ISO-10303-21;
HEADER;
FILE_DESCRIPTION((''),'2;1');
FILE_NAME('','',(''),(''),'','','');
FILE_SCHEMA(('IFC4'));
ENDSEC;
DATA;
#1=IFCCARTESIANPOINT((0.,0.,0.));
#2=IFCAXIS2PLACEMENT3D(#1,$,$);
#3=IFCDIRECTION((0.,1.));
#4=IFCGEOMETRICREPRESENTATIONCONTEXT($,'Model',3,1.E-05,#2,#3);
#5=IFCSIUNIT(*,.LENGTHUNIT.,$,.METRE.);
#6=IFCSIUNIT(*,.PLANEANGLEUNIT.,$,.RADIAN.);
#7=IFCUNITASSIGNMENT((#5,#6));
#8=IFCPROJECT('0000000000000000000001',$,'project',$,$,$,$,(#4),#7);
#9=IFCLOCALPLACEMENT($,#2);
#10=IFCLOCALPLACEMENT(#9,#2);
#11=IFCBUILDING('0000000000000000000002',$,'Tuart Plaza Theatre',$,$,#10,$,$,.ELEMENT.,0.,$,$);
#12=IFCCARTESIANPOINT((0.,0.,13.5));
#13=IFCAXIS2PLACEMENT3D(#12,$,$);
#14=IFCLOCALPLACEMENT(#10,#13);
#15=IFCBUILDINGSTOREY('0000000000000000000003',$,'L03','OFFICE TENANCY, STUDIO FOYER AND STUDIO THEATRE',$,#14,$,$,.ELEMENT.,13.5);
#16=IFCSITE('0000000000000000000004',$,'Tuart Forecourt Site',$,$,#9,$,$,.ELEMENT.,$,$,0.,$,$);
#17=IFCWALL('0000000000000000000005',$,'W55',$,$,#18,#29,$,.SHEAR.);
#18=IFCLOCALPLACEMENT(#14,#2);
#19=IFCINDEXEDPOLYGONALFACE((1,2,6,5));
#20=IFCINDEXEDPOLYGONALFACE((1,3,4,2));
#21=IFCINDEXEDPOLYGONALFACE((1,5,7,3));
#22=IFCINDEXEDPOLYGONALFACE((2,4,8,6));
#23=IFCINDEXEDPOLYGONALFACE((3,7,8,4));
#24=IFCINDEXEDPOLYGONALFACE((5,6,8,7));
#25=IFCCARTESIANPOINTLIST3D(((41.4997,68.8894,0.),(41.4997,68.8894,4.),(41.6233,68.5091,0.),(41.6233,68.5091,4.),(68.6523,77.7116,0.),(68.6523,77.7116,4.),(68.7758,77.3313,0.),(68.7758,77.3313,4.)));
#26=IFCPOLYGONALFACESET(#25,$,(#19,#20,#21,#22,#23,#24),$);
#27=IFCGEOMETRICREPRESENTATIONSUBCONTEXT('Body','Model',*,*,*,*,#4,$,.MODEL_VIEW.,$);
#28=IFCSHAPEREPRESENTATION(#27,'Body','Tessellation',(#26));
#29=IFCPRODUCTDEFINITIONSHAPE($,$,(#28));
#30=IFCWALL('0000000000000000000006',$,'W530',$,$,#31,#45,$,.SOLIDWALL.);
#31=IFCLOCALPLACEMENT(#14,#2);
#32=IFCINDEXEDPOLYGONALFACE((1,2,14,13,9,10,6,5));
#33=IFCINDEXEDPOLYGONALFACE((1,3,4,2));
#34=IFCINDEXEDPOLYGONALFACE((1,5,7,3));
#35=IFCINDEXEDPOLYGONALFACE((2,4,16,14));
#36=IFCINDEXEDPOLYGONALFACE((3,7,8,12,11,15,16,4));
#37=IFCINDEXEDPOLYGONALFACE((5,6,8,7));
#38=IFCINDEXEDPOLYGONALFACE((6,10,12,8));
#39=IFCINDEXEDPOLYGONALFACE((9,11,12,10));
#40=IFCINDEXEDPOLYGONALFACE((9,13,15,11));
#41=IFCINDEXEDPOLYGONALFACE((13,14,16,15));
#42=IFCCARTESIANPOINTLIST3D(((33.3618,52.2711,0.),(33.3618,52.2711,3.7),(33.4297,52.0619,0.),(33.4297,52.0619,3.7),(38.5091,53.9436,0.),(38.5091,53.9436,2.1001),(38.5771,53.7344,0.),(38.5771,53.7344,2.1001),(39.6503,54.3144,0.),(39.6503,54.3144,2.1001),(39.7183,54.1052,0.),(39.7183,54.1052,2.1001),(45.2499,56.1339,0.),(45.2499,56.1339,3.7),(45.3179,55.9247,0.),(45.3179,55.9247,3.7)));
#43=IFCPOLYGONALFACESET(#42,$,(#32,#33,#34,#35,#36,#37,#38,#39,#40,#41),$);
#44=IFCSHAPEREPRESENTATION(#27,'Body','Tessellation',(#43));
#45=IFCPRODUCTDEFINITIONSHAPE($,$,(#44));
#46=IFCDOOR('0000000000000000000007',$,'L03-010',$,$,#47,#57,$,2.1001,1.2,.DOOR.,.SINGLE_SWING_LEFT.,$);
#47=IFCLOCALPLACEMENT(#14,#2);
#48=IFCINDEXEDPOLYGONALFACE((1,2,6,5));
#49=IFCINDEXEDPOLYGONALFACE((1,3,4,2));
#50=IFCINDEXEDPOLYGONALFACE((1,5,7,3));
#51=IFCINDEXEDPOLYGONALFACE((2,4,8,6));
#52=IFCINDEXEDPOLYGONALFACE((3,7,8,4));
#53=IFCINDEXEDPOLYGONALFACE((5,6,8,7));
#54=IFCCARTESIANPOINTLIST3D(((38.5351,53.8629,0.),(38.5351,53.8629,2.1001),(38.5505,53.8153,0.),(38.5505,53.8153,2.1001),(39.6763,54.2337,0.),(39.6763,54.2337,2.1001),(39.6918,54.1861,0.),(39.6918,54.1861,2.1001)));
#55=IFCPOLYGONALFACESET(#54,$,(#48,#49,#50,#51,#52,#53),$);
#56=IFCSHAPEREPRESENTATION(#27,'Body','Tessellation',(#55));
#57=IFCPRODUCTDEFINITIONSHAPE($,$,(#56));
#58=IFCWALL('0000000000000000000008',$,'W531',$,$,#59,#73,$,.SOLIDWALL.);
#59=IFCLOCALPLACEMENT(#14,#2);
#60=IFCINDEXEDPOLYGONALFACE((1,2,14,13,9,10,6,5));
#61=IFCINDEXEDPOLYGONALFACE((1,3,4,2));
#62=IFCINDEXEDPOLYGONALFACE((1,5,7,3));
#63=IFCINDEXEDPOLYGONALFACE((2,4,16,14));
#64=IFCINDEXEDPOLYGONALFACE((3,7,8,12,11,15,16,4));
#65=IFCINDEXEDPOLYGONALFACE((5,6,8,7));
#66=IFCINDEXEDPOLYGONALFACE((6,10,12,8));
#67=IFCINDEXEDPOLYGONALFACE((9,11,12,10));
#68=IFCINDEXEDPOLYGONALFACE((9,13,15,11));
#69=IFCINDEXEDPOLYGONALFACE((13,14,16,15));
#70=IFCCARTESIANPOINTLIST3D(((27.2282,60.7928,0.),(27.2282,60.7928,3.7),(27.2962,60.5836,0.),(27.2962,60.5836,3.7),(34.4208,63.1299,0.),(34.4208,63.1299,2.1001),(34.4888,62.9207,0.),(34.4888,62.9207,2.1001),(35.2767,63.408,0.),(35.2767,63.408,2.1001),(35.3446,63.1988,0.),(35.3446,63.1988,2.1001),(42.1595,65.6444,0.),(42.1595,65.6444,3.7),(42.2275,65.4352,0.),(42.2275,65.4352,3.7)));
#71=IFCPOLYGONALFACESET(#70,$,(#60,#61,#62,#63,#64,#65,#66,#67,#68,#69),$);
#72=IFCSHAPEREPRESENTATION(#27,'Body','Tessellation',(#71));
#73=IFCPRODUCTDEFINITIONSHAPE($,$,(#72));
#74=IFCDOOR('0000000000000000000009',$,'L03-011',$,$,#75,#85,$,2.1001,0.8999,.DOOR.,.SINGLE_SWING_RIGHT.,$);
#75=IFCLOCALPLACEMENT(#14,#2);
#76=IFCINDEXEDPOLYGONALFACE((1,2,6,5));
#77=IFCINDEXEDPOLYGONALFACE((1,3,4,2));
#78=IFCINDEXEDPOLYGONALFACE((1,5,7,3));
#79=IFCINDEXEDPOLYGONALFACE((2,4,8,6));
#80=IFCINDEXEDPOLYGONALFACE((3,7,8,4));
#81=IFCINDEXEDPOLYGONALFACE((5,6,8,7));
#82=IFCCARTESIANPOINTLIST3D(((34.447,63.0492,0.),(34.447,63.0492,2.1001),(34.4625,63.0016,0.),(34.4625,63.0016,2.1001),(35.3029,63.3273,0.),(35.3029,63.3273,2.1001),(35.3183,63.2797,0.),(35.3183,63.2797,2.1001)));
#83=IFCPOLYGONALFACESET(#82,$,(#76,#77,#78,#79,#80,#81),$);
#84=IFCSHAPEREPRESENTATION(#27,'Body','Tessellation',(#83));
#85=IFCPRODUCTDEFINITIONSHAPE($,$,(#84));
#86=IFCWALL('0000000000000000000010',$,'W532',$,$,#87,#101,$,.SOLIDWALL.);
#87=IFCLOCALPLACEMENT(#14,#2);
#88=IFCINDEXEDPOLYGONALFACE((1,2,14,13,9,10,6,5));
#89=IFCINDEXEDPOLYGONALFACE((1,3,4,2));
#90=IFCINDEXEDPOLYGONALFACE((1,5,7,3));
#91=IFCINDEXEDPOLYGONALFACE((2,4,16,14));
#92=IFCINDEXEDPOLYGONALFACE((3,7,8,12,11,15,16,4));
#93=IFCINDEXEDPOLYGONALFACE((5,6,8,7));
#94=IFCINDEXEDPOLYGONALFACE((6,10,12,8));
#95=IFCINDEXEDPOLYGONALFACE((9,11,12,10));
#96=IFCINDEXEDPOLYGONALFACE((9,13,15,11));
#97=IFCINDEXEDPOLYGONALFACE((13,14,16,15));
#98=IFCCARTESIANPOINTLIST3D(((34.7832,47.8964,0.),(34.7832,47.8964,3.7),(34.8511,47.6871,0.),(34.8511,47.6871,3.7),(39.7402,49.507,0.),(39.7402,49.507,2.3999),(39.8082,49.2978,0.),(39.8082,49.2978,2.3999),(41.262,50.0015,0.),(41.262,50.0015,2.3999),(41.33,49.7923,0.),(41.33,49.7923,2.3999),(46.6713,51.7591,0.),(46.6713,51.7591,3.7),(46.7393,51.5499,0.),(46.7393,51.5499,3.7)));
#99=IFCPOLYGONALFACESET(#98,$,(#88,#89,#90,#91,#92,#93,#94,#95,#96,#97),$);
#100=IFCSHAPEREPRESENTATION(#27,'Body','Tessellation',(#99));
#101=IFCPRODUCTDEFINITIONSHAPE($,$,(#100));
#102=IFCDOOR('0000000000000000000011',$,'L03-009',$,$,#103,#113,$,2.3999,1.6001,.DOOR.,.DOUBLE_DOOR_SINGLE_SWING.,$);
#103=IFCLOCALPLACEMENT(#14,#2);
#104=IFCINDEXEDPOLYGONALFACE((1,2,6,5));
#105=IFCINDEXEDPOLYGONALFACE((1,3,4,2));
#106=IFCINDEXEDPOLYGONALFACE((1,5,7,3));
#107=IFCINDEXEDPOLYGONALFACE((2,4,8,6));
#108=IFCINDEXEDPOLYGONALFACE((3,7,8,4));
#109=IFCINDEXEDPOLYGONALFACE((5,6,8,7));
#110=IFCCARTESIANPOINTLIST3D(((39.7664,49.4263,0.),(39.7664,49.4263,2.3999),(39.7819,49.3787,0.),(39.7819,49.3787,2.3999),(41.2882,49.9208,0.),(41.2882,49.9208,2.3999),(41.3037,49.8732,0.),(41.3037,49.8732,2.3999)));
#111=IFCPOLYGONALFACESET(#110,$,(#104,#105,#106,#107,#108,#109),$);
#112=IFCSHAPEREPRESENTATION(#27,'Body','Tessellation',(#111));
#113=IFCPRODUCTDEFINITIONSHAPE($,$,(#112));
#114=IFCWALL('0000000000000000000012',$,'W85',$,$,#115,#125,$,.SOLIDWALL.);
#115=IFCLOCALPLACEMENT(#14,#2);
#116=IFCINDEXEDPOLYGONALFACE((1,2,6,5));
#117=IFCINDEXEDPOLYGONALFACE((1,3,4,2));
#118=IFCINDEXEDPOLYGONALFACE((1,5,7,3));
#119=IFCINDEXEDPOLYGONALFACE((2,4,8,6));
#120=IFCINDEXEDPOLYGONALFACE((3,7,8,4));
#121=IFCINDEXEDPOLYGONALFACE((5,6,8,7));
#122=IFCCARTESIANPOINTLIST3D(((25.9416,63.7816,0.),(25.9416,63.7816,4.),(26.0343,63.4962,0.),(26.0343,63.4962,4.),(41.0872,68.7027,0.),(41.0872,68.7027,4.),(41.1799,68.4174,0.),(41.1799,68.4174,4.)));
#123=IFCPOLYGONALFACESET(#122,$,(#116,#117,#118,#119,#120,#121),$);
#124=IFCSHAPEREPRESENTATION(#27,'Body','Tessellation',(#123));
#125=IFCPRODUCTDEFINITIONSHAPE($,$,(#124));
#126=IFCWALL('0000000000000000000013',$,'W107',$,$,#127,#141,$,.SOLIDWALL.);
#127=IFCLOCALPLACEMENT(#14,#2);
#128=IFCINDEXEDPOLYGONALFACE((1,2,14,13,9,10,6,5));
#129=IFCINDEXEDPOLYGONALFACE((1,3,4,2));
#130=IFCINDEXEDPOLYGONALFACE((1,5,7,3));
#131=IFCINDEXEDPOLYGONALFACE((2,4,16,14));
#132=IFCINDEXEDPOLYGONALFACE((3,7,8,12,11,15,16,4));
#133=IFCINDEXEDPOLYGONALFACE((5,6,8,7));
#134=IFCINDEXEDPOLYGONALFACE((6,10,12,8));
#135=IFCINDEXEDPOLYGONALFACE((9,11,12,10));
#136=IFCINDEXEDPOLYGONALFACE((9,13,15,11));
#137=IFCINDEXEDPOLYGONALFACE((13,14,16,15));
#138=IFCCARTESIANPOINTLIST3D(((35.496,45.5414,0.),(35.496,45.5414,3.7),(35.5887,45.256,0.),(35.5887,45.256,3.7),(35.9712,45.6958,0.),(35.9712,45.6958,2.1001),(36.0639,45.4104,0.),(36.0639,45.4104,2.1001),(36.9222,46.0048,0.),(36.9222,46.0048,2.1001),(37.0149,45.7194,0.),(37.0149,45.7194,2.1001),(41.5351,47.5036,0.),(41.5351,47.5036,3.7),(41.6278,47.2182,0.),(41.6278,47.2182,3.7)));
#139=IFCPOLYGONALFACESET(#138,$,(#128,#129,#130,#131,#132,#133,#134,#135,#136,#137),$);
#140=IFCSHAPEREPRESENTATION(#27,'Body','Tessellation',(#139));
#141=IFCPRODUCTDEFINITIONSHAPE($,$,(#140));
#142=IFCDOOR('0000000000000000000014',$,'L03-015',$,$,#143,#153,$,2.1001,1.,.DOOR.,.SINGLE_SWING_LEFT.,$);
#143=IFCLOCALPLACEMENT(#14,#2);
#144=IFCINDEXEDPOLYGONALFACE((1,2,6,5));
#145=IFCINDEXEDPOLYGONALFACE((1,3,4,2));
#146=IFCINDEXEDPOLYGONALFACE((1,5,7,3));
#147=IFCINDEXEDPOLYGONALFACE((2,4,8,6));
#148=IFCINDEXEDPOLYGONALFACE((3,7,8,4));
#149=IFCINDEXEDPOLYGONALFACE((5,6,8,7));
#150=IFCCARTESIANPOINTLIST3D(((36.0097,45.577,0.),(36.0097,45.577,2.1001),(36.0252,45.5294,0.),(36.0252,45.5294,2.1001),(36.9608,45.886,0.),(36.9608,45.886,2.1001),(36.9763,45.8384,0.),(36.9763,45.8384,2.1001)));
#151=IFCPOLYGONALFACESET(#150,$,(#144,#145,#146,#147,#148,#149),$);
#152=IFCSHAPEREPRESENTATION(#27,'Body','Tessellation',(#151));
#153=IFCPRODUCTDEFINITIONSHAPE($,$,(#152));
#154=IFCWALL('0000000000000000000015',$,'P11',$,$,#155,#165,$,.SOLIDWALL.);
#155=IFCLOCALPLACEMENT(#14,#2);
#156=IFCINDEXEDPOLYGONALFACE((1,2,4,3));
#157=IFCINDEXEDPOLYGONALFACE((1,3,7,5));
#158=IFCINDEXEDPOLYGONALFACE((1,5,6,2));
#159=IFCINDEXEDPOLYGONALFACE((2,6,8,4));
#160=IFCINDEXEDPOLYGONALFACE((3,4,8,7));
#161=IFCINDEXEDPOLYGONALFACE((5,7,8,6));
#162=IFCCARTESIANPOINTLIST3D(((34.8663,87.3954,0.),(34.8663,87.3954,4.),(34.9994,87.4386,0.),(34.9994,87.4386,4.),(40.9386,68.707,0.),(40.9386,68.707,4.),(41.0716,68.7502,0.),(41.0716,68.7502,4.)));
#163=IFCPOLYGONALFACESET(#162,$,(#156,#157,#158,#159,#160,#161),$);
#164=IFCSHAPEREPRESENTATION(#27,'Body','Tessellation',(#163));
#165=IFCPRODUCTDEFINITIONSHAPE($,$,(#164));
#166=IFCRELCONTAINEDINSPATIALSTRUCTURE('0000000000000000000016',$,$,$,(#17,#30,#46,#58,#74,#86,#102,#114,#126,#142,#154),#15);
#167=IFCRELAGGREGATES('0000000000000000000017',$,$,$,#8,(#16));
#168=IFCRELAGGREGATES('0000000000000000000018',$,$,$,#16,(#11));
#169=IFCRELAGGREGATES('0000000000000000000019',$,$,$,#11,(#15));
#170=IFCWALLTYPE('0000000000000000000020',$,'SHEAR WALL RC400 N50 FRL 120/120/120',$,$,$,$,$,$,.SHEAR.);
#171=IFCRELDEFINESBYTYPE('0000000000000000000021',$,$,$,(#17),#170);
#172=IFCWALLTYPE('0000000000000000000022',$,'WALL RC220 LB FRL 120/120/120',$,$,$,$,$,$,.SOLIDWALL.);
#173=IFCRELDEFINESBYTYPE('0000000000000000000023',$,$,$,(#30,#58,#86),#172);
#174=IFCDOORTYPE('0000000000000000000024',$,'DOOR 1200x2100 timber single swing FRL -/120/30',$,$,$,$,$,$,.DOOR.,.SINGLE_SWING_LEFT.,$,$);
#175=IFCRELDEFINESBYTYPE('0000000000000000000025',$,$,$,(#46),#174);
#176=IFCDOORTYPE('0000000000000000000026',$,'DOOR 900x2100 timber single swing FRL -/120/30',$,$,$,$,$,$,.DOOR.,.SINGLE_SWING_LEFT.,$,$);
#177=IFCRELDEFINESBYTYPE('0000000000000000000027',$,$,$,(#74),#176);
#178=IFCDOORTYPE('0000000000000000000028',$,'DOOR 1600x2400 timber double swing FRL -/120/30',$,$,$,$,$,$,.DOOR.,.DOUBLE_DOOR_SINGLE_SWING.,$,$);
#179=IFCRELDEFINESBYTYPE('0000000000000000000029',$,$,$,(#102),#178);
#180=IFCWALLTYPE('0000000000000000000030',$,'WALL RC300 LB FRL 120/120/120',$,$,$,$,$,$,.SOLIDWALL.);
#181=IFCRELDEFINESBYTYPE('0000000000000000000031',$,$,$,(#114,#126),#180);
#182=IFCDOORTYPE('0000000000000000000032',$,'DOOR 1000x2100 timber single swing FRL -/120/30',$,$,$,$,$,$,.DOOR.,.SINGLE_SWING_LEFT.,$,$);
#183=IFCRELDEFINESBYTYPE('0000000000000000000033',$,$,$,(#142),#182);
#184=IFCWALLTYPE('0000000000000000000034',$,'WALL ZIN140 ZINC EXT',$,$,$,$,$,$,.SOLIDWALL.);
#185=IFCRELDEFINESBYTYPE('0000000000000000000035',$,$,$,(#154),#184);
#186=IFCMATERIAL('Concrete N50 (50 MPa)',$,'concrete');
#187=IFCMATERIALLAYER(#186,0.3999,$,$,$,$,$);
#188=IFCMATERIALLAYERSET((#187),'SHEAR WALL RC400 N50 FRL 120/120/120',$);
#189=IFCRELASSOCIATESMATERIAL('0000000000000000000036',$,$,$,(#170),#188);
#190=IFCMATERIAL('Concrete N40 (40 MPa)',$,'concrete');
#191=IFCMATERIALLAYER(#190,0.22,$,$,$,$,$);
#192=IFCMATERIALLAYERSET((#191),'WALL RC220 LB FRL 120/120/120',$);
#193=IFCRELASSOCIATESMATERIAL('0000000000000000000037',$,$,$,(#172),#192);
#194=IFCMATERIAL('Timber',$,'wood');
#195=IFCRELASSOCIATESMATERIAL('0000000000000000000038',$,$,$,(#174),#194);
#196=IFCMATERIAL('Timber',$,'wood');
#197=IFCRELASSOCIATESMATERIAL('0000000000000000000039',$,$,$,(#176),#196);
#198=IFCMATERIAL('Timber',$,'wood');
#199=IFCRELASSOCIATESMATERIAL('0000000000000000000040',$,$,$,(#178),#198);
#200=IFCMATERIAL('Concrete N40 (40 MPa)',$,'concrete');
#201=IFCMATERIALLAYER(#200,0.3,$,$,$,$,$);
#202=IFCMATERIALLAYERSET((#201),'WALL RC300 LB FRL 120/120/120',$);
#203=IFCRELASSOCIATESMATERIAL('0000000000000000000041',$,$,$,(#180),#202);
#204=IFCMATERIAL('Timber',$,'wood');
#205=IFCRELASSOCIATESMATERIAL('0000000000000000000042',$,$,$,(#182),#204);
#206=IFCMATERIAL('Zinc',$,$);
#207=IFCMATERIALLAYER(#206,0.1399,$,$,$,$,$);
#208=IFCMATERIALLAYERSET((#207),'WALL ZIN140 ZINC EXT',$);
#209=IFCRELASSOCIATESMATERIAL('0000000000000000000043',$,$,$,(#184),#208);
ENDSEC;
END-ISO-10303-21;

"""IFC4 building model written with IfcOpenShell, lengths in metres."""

from ifc_helpers import new_model, si_unit, direction, frame, frame_2d, origin, place, context, subcontext, project, spatial, rectangle, extrude, material, layer, layer_set, type_object, element, fill, save


model = new_model("IFC4")

# Units and contexts
model_context = context("Model", 3, precision=1e-05, world=origin(), true_north=direction((0.0, 1.0)))
body_context = subcontext(model_context, "Body", "Model", "MODEL_VIEW")
ifc_project = project(units=[si_unit("LENGTHUNIT", "METRE"), si_unit("PLANEANGLEUNIT", "RADIAN")], contexts=[model_context])

# Site, building, storey
site_placement = place(None, origin())
site = spatial("IfcSite", under=ifc_project, at=site_placement, Name="Tuart Forecourt Site", CompositionType="ELEMENT", RefElevation=0.0)
building_placement = place(site_placement, origin())
building = spatial("IfcBuilding", under=site, at=building_placement, Name="Tuart Plaza Theatre", CompositionType="ELEMENT", ElevationOfRefHeight=0.0)
storey_placement = place(building_placement, frame((0.0, 0.0, 13.5)))
storey = spatial("IfcBuildingStorey", under=building, at=storey_placement, Name="L03", Description="OFFICE TENANCY, STUDIO FOYER AND STUDIO THEATRE", CompositionType="ELEMENT", Elevation=13.5)

# Wall
ifc_material_1 = material(Name="Concrete N50 (50 MPa)", Category="concrete")
ifc_layer_1 = layer(ifc_material_1, 0.3999)
ifc_layer_set_1 = layer_set([ifc_layer_1], Name="SHEAR WALL RC400 N50 FRL 120/120/120")
wall_type_1 = type_object("IfcWallType", Name="SHEAR WALL RC400 N50 FRL 120/120/120", PredefinedType="SHEAR", material=ifc_layer_set_1)
wall_1_placement = place(storey_placement, frame((41.5615, 68.6992, 0.0), z_axis=(0.0, 0.0, 1.0), x_axis=(0.951058, 0.309012, 0.0)))
element("IfcWall", 1, at=wall_1_placement, inside=storey, type_object=wall_type_1, Name="W55", PredefinedType="SHEAR", context=body_context, shape_type="SweptSolid", body=[
    extrude(rectangle(XDim=28.5498, YDim=0.3999, at=frame_2d((14.2749, 0.0))), origin(), (0.0, 0.0, 1.0), 4.0),
])

# Walls, openings, doors
ifc_material_2 = material(Name="Concrete N40 (40 MPa)", Category="concrete")
ifc_layer_2 = layer(ifc_material_2, 0.22)
ifc_layer_set_2 = layer_set([ifc_layer_2], Name="WALL RC220 LB FRL 120/120/120")
wall_type_2 = type_object("IfcWallType", Name="WALL RC220 LB FRL 120/120/120", PredefinedType="SOLIDWALL", material=ifc_layer_set_2)
wall_2_placement = place(storey_placement, frame((33.3958, 52.1665, 0.0), z_axis=(0.0, 0.0, 1.0), x_axis=(0.951054, 0.309023, 0.0)))
wall_2 = element("IfcWall", 2, at=wall_2_placement, inside=storey, type_object=wall_type_2, Name="W530", PredefinedType="SOLIDWALL", context=body_context, shape_type="SweptSolid", body=[
    extrude(rectangle(XDim=12.5, YDim=0.22, at=frame_2d((6.25, 0.0))), origin(), (0.0, 0.0, 1.0), 3.7),
])
opening_1_placement = place(wall_2_placement, frame((5.4121, 0.0, 0.0)))
opening_1 = element("IfcOpeningElement", 3, at=opening_1_placement, cuts=wall_2, PredefinedType="OPENING", context=body_context, shape_type="SweptSolid", body=[
    extrude(rectangle(XDim=1.2, YDim=2.1001, at=frame_2d((0.6001, 1.05))), frame((0.0, 0.1199, 0.0), z_axis=(0.0, -1.0, 0.0), x_axis=(1.0, 0.0, 0.0)), (0.0, 0.0, 1.0), 0.24),
])
ifc_material_3 = material(Name="Timber", Category="wood")
door_type_1 = type_object("IfcDoorType", Name="DOOR 1200x2100 timber single swing FRL -/120/30", OperationType="SINGLE_SWING_LEFT", PredefinedType="DOOR", material=ifc_material_3)
door_1_placement = place(opening_1_placement, frame((1.2, 0.0, 0.0), z_axis=(0.0, 0.0, 1.0), x_axis=(-1.0, 0.0, 0.0)))
door_1 = element("IfcDoor", 4, at=door_1_placement, inside=storey, type_object=door_type_1, Name="L03-010", OperationType="SINGLE_SWING_LEFT", OverallHeight=2.1001, OverallWidth=1.2, PredefinedType="DOOR", context=body_context, shape_type="SweptSolid", body=[
    extrude(rectangle(XDim=1.2, YDim=2.1001, at=frame_2d((0.6001, 1.05))), frame((0.0, 0.0249, 0.0), z_axis=(0.0, -1.0, 0.0), x_axis=(1.0, 0.0, 0.0)), (0.0, 0.0, 1.0), 0.05),
])
fill(opening_1, door_1)
wall_3_placement = place(storey_placement, frame((27.2622, 60.6882, 0.0), z_axis=(0.0, 0.0, 1.0), x_axis=(0.951055, 0.30902, 0.0)))
wall_3 = element("IfcWall", 5, at=wall_3_placement, inside=storey, type_object=wall_type_2, Name="W531", PredefinedType="SOLIDWALL", context=body_context, shape_type="SweptSolid", body=[
    extrude(rectangle(XDim=15.6997, YDim=0.22, at=frame_2d((7.8499, 0.0))), origin(), (0.0, 0.0, 1.0), 3.7),
])
opening_2_placement = place(wall_3_placement, frame((7.5627, 0.0, 0.0)))
opening_2 = element("IfcOpeningElement", 6, at=opening_2_placement, cuts=wall_3, PredefinedType="OPENING", context=body_context, shape_type="SweptSolid", body=[
    extrude(rectangle(XDim=0.8999, YDim=2.1001, at=frame_2d((0.45, 1.05))), frame((0.0, 0.1199, 0.0), z_axis=(0.0, -1.0, 0.0), x_axis=(1.0, 0.0, 0.0)), (0.0, 0.0, 1.0), 0.24),
])
ifc_material_4 = material(Name="Timber", Category="wood")
door_type_2 = type_object("IfcDoorType", Name="DOOR 900x2100 timber single swing FRL -/120/30", OperationType="SINGLE_SWING_LEFT", PredefinedType="DOOR", material=ifc_material_4)
door_2_placement = place(opening_2_placement, frame((0.8999, 0.0, 0.0), z_axis=(0.0, 0.0, 1.0), x_axis=(-1.0, 0.0, 0.0)))
door_2 = element("IfcDoor", 7, at=door_2_placement, inside=storey, type_object=door_type_2, Name="L03-011", OperationType="SINGLE_SWING_RIGHT", OverallHeight=2.1001, OverallWidth=0.8999, PredefinedType="DOOR", context=body_context, shape_type="SweptSolid", body=[
    extrude(rectangle(XDim=0.8999, YDim=2.1001, at=frame_2d((0.45, 1.05))), frame((0.0, 0.0249, 0.0), z_axis=(0.0, -1.0, 0.0), x_axis=(1.0, 0.0, 0.0)), (0.0, 0.0, 1.0), 0.05),
])
fill(opening_2, door_2)
wall_4_placement = place(storey_placement, frame((34.8171, 47.7917, 0.0), z_axis=(0.0, 0.0, 1.0), x_axis=(0.951054, 0.309023, 0.0)))
wall_4 = element("IfcWall", 8, at=wall_4_placement, inside=storey, type_object=wall_type_2, Name="W532", PredefinedType="SOLIDWALL", context=body_context, shape_type="SweptSolid", body=[
    extrude(rectangle(XDim=12.5, YDim=0.22, at=frame_2d((6.25, 0.0))), origin(), (0.0, 0.0, 1.0), 3.7),
])
opening_3_placement = place(wall_4_placement, frame((5.2122, 0.0, 0.0)))
opening_3 = element("IfcOpeningElement", 9, at=opening_3_placement, cuts=wall_4, PredefinedType="OPENING", context=body_context, shape_type="SweptSolid", body=[
    extrude(rectangle(XDim=1.6001, YDim=2.3999, at=frame_2d((0.8, 1.2))), frame((0.0, 0.1199, 0.0), z_axis=(0.0, -1.0, 0.0), x_axis=(1.0, 0.0, 0.0)), (0.0, 0.0, 1.0), 0.24),
])
ifc_material_5 = material(Name="Timber", Category="wood")
door_type_3 = type_object("IfcDoorType", Name="DOOR 1600x2400 timber double swing FRL -/120/30", OperationType="DOUBLE_DOOR_SINGLE_SWING", PredefinedType="DOOR", material=ifc_material_5)
door_3_placement = place(opening_3_placement, frame((1.6001, 0.0, 0.0), z_axis=(0.0, 0.0, 1.0), x_axis=(-1.0, 0.0, 0.0)))
door_3 = element("IfcDoor", 10, at=door_3_placement, inside=storey, type_object=door_type_3, Name="L03-009", OperationType="DOUBLE_DOOR_SINGLE_SWING", OverallHeight=2.3999, OverallWidth=1.6001, PredefinedType="DOOR", context=body_context, shape_type="SweptSolid", body=[
    extrude(rectangle(XDim=1.6001, YDim=2.3999, at=frame_2d((0.8, 1.2))), frame((0.0, 0.0249, 0.0), z_axis=(0.0, -1.0, 0.0), x_axis=(1.0, 0.0, 0.0)), (0.0, 0.0, 1.0), 0.05),
])
fill(opening_3, door_3)

# Wall
ifc_material_6 = material(Name="Concrete N40 (40 MPa)", Category="concrete")
ifc_layer_3 = layer(ifc_material_6, 0.3)
ifc_layer_set_3 = layer_set([ifc_layer_3], Name="WALL RC300 LB FRL 120/120/120")
wall_type_3 = type_object("IfcWallType", Name="WALL RC300 LB FRL 120/120/120", PredefinedType="SOLIDWALL", material=ifc_layer_set_3)
wall_5_placement = place(storey_placement, frame((25.988, 63.6389, 0.0), z_axis=(0.0, 0.0, 1.0), x_axis=(0.951055, 0.309021, 0.0)))
element("IfcWall", 11, at=wall_5_placement, inside=storey, type_object=wall_type_3, Name="W85", PredefinedType="SOLIDWALL", context=body_context, shape_type="SweptSolid", body=[
    extrude(rectangle(XDim=15.925, YDim=0.3, at=frame_2d((7.9624, 0.0))), origin(), (0.0, 0.0, 1.0), 4.0),
])

# Wall, opening, door
wall_6_placement = place(storey_placement, frame((41.5813, 47.3608, 0.0), z_axis=(0.0, 0.0, 1.0), x_axis=(-0.951059, -0.30901, 0.0)))
wall_6 = element("IfcWall", 12, at=wall_6_placement, inside=storey, type_object=wall_type_3, Name="W107", PredefinedType="SOLIDWALL", context=body_context, shape_type="SweptSolid", body=[
    extrude(rectangle(XDim=6.3499, YDim=0.3, at=frame_2d((3.1748, 0.0))), origin(), (0.0, 0.0, 1.0), 3.7),
])
opening_4_placement = place(wall_6_placement, frame((4.8501, 0.0, 0.0)))
opening_4 = element("IfcOpeningElement", 13, at=opening_4_placement, cuts=wall_6, PredefinedType="OPENING", context=body_context, shape_type="SweptSolid", body=[
    extrude(rectangle(XDim=1.0, YDim=2.1001, at=frame_2d((0.5, 1.05))), frame((0.0, 0.1599, 0.0), z_axis=(0.0, -1.0, 0.0), x_axis=(1.0, 0.0, 0.0)), (0.0, 0.0, 1.0), 0.3201),
])
ifc_material_7 = material(Name="Timber", Category="wood")
door_type_4 = type_object("IfcDoorType", Name="DOOR 1000x2100 timber single swing FRL -/120/30", OperationType="SINGLE_SWING_LEFT", PredefinedType="DOOR", material=ifc_material_7)
door_4_placement = place(opening_4_placement, origin())
door_4 = element("IfcDoor", 14, at=door_4_placement, inside=storey, type_object=door_type_4, Name="L03-015", OperationType="SINGLE_SWING_LEFT", OverallHeight=2.1001, OverallWidth=1.0, PredefinedType="DOOR", context=body_context, shape_type="SweptSolid", body=[
    extrude(rectangle(XDim=1.0, YDim=2.1001, at=frame_2d((0.5, 1.05))), frame((0.0, 0.0249, 0.0), z_axis=(0.0, -1.0, 0.0), x_axis=(1.0, 0.0, 0.0)), (0.0, 0.0, 1.0), 0.05),
])
fill(opening_4, door_4)

# Wall
ifc_material_8 = material(Name="Zinc")
ifc_layer_4 = layer(ifc_material_8, 0.1399)
ifc_layer_set_4 = layer_set([ifc_layer_4], Name="WALL ZIN140 ZINC EXT")
wall_type_4 = type_object("IfcWallType", Name="WALL ZIN140 ZINC EXT", PredefinedType="SOLIDWALL", material=ifc_layer_set_4)
wall_7_placement = place(storey_placement, frame((41.0051, 68.7285, 0.0), z_axis=(0.0, 0.0, 1.0), x_axis=(-0.309018, 0.951056, 0.0)))
element("IfcWall", 15, at=wall_7_placement, inside=storey, type_object=wall_type_4, Name="P11", PredefinedType="SOLIDWALL", context=body_context, shape_type="SweptSolid", body=[
    extrude(rectangle(XDim=19.6501, YDim=0.1399, at=frame_2d((9.8252, 0.0))), origin(), (0.0, 0.0, 1.0), 4.0),
])

save(model, "model.ifc")
